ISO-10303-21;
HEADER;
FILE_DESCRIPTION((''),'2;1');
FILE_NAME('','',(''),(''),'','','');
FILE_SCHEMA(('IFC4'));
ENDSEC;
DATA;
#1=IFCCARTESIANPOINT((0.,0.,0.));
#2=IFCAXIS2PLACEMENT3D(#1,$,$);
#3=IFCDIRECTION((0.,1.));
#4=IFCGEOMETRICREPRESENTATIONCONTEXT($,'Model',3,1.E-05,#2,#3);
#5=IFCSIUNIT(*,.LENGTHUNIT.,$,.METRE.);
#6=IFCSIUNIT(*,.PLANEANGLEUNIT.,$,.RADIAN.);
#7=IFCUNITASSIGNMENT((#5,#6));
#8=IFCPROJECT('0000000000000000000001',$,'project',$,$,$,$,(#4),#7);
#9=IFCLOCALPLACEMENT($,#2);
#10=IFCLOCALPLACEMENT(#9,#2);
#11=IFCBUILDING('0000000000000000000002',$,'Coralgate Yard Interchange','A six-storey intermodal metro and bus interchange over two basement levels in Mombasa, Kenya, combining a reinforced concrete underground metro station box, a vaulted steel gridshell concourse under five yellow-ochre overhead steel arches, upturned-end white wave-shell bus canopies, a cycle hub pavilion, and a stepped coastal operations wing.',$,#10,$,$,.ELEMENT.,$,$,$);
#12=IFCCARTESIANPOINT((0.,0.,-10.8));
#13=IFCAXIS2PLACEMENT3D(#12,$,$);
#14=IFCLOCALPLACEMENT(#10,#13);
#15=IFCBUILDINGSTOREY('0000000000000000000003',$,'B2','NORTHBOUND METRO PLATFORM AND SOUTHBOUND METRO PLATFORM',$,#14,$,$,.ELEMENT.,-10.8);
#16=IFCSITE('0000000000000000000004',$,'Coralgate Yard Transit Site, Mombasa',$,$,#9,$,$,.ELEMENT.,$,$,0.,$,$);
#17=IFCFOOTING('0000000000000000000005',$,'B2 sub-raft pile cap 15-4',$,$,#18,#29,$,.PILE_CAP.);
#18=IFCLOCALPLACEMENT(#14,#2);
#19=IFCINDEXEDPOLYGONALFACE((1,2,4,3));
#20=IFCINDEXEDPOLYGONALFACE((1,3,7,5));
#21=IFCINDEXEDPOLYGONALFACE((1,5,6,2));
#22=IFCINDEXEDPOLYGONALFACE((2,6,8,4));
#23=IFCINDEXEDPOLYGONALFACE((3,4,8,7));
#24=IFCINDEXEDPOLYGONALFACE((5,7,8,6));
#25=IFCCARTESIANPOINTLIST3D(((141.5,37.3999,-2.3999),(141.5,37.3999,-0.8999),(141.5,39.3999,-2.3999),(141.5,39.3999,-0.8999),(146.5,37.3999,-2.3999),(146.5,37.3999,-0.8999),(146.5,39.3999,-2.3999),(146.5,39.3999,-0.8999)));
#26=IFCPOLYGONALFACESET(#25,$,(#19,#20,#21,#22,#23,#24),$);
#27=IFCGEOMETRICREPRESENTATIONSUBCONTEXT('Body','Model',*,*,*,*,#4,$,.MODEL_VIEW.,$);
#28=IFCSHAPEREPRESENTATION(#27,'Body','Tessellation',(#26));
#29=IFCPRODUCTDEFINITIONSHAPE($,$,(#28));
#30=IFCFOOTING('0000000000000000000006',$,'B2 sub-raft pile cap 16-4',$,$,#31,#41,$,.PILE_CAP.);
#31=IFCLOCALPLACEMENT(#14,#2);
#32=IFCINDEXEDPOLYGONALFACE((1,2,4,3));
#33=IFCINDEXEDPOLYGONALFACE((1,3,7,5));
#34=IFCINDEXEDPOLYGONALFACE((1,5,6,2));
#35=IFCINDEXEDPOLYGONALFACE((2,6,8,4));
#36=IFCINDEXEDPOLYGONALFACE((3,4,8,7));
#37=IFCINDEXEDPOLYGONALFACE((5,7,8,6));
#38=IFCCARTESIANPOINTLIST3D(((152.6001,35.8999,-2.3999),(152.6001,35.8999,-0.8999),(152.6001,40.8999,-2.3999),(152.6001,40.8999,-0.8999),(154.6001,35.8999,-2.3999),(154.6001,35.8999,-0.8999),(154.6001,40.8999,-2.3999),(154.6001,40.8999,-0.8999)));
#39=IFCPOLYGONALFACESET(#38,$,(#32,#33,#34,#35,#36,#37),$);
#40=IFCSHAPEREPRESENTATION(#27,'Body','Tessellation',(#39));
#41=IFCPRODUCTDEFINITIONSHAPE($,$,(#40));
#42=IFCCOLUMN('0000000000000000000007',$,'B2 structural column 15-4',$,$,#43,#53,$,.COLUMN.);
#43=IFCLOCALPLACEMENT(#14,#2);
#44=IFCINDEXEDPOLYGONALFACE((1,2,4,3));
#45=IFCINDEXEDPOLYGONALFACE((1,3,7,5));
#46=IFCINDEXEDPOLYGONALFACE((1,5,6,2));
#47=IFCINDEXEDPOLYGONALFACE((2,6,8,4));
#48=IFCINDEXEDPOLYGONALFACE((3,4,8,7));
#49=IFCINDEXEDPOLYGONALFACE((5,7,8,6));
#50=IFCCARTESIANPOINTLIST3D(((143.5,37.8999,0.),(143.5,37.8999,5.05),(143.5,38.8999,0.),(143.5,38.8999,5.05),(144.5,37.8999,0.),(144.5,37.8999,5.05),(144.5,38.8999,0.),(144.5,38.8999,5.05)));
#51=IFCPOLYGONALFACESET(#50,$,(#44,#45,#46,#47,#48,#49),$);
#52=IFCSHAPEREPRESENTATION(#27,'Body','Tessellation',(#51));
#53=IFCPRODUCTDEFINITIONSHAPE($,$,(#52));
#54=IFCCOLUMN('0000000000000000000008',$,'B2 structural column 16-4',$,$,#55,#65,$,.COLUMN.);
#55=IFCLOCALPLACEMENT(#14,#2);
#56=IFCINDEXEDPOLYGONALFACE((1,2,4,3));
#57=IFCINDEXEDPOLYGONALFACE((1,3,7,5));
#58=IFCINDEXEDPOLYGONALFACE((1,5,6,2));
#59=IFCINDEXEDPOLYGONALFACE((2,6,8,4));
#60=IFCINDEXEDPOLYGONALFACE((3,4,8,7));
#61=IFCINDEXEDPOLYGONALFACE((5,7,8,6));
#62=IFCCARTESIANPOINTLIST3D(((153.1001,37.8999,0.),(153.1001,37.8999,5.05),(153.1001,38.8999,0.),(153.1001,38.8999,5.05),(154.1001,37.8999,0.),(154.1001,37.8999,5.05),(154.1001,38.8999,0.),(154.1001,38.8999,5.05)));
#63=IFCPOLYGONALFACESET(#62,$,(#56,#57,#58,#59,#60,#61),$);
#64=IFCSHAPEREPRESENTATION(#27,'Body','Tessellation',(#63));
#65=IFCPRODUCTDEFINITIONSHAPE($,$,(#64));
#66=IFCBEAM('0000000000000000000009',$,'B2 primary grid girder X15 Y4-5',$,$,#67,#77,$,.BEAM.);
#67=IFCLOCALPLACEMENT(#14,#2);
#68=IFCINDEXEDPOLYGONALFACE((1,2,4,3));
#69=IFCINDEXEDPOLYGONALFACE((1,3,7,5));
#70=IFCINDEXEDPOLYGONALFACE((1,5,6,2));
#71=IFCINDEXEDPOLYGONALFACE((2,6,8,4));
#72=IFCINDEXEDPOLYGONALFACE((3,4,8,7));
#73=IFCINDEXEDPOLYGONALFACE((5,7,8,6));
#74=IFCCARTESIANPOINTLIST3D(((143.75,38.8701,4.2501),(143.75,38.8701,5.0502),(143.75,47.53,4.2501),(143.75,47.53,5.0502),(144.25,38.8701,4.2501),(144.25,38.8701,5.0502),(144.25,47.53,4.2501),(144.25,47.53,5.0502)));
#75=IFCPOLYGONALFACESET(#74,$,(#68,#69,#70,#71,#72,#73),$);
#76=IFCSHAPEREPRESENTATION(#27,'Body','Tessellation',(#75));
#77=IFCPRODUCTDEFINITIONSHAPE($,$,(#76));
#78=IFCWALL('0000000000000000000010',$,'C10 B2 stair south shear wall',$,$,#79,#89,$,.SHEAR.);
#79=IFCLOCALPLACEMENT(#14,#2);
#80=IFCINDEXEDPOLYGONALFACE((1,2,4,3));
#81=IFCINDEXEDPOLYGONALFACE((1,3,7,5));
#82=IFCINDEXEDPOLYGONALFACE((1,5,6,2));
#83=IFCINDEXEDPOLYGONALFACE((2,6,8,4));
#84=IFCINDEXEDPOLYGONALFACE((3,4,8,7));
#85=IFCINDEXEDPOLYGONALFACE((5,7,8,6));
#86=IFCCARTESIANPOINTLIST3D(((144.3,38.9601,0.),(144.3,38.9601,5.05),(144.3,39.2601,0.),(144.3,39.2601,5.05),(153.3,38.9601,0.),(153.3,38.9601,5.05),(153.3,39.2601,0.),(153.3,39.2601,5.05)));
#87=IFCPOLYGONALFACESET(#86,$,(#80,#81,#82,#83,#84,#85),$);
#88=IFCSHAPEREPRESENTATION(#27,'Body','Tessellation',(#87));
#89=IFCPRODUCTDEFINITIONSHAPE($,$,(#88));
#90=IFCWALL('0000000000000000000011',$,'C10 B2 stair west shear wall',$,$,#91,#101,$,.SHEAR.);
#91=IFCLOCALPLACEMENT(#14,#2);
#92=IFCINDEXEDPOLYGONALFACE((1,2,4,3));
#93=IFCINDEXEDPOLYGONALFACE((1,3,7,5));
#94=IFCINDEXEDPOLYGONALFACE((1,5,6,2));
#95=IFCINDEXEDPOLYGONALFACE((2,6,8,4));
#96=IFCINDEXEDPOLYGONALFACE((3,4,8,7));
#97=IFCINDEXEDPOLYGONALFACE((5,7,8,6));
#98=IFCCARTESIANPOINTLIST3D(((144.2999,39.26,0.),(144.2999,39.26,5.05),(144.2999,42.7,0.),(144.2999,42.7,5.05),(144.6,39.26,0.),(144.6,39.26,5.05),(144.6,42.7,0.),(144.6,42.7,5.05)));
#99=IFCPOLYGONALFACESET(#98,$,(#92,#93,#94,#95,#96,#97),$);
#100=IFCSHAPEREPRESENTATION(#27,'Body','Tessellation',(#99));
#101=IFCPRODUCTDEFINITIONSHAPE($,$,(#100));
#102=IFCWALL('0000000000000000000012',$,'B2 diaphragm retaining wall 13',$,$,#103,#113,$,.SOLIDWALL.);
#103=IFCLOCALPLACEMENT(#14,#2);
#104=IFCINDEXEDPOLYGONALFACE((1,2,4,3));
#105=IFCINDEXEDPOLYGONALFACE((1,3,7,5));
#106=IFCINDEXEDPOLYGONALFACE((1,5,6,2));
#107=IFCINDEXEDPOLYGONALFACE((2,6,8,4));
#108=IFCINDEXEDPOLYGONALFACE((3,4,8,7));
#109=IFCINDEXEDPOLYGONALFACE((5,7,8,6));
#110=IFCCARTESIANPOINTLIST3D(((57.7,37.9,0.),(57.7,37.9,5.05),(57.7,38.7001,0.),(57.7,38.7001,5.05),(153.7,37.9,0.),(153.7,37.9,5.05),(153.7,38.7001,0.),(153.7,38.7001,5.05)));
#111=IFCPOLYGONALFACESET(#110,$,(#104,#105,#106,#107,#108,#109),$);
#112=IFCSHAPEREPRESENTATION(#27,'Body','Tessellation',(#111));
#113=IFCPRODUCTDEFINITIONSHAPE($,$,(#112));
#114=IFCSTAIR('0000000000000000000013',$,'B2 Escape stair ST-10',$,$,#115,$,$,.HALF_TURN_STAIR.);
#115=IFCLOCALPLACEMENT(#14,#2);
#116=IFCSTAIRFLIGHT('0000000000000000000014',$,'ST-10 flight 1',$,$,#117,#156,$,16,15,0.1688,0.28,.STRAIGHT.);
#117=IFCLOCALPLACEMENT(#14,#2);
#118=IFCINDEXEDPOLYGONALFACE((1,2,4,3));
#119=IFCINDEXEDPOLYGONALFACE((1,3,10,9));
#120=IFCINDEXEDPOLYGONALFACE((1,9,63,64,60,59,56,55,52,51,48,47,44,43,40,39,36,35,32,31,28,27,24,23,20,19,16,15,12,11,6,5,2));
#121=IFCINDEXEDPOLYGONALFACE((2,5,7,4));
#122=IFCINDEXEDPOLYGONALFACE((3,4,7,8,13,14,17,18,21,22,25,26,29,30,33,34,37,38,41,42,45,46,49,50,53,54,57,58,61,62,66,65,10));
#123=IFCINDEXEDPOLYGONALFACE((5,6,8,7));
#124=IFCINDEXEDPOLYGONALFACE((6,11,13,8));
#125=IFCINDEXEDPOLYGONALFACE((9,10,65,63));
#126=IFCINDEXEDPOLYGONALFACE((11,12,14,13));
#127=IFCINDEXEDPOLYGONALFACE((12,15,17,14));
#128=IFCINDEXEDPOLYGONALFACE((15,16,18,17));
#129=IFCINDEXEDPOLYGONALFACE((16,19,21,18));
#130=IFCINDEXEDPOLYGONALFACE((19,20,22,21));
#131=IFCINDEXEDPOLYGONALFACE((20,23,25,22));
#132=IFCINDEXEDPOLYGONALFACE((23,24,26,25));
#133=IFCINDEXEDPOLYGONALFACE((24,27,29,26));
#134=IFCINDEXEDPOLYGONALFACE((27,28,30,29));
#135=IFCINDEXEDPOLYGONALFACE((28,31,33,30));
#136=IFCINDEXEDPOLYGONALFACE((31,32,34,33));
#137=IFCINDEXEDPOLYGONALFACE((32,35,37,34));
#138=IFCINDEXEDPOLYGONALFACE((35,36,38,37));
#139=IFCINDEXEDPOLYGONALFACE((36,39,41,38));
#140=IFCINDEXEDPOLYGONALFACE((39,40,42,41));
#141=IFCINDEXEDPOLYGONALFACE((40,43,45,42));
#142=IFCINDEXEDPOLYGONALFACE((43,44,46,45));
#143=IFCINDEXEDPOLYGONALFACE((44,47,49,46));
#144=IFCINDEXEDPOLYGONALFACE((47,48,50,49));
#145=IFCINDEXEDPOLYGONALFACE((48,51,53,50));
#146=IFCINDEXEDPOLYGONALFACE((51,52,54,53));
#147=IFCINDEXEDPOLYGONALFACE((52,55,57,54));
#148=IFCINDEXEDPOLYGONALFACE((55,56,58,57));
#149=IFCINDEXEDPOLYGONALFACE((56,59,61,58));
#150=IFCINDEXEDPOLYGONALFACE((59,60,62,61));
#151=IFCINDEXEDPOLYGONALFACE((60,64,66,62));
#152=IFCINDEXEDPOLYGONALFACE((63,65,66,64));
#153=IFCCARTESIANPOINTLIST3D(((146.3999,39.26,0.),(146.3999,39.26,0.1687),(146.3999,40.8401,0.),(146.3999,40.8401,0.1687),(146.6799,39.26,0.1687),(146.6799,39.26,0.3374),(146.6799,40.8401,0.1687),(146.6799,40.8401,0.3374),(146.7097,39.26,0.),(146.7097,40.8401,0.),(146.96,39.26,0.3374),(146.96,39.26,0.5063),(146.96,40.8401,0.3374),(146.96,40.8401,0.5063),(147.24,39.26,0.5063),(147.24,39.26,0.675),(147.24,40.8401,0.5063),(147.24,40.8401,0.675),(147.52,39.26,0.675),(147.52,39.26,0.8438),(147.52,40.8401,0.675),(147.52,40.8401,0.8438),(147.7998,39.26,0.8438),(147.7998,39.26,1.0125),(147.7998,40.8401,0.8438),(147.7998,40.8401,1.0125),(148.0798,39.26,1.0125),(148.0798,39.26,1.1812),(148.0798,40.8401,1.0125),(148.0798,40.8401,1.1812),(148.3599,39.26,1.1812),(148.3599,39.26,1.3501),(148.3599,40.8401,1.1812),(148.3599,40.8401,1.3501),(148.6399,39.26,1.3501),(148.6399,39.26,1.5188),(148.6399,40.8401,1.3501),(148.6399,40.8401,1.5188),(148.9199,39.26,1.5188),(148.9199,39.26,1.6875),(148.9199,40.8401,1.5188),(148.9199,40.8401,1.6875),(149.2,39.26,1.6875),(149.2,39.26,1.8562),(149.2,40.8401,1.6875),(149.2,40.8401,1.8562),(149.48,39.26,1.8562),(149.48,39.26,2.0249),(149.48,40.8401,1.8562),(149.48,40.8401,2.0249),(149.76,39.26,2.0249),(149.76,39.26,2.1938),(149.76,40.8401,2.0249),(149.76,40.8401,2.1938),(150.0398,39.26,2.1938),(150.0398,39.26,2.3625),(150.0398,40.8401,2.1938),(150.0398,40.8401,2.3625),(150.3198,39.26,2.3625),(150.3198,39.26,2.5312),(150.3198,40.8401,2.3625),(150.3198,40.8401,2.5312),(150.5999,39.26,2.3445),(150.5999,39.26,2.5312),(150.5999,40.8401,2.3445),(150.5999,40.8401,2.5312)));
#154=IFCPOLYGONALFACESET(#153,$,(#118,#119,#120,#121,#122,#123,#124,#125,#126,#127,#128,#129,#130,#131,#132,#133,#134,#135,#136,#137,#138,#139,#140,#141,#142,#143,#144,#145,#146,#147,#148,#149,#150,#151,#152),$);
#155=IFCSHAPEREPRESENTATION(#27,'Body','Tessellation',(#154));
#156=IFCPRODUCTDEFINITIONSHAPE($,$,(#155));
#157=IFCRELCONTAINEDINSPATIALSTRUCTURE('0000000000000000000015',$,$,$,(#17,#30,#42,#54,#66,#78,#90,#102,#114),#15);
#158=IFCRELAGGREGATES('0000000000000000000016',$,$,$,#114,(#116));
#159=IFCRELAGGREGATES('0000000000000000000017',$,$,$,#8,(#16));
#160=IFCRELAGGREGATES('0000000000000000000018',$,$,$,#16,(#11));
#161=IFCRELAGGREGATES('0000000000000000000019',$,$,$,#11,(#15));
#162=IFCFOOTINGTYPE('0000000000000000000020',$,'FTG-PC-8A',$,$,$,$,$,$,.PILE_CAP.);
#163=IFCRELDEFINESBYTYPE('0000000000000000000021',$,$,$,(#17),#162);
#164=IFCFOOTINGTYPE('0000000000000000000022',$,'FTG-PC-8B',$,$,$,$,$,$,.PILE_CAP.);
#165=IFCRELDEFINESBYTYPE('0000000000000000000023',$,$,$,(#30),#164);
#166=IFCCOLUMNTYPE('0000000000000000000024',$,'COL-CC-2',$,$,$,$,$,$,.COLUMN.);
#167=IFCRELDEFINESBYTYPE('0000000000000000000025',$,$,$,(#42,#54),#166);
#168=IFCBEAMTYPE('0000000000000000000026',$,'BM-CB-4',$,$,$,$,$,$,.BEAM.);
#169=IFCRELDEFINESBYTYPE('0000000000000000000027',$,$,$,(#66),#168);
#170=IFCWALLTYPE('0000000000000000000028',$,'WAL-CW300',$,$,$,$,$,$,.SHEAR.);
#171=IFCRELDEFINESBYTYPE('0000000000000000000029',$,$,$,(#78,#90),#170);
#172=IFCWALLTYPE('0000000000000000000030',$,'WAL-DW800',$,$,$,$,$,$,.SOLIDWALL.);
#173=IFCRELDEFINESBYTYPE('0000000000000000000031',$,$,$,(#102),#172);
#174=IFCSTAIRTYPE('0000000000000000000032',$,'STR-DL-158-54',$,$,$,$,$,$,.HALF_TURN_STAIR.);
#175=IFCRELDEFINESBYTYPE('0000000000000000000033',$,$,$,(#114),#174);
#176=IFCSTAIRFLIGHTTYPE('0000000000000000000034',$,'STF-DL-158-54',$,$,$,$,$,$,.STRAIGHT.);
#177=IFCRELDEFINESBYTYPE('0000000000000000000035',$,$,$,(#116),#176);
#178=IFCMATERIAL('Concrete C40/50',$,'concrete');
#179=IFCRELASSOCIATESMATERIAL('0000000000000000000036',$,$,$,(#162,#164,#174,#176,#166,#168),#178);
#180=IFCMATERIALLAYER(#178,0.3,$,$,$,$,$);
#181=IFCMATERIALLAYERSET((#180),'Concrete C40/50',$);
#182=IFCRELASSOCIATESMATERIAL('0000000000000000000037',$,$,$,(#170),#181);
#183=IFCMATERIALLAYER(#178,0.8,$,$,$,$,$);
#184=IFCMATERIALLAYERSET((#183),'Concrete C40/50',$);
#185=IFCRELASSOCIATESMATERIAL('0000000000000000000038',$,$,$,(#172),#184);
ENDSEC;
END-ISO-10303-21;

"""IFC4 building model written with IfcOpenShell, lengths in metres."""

from ifc_helpers import new_model, si_unit, direction, frame, frame_2d, origin, origin_2d, place, context, subcontext, project, spatial, polyline, rectangle, outline, extrude, material, layer, layer_set, material_profile, profile_set, type_object, element, aggregate, save


model = new_model("IFC4")

# Units and contexts
model_context = context("Model", 3, precision=1e-05, world=origin(), true_north=direction((0.0, 1.0)))
body_context = subcontext(model_context, "Body", "Model", "MODEL_VIEW")
ifc_project = project(units=[si_unit("LENGTHUNIT", "METRE"), si_unit("PLANEANGLEUNIT", "RADIAN")], contexts=[model_context])

# Site, building, storey
site_placement = place(None, origin())
site = spatial("IfcSite", under=ifc_project, at=site_placement, Name="Coralgate Yard Transit Site, Mombasa", CompositionType="ELEMENT", RefElevation=0.0)
building_placement = place(site_placement, origin())
building = spatial("IfcBuilding", under=site, at=building_placement, Name="Coralgate Yard Interchange", Description="A six-storey intermodal metro and bus interchange over two basement levels in Mombasa, Kenya, combining a reinforced concrete underground metro station box, a vaulted steel gridshell concourse under five yellow-ochre overhead steel arches, upturned-end white wave-shell bus canopies, a cycle hub pavilion, and a stepped coastal operations wing.", CompositionType="ELEMENT")
storey_placement = place(building_placement, frame((0.0, 0.0, -10.8)))
storey = spatial("IfcBuildingStorey", under=building, at=storey_placement, Name="B2", Description="NORTHBOUND METRO PLATFORM AND SOUTHBOUND METRO PLATFORM", CompositionType="ELEMENT", Elevation=-10.8)

# Footings
ifc_material_1 = material(Name="Concrete C40/50", Category="concrete")
footing_type_1 = type_object("IfcFootingType", Name="FTG-PC-8A", PredefinedType="PILE_CAP", material=ifc_material_1)
footing_1_placement = place(storey_placement, frame((144.0, 38.3999, -2.3999), z_axis=(0.0, 0.0, 1.0), x_axis=(1.0, 0.0, 0.0)))
element("IfcFooting", 1, at=footing_1_placement, inside=storey, type_object=footing_type_1, Name="B2 sub-raft pile cap 15-4", PredefinedType="PILE_CAP", context=body_context, shape_type="SweptSolid", body=[
    extrude(rectangle(XDim=5.0, YDim=2.0, at=origin_2d()), origin(), (0.0, 0.0, 1.0), 1.5),
])
footing_type_2 = type_object("IfcFootingType", Name="FTG-PC-8B", PredefinedType="PILE_CAP", material=ifc_material_1)
footing_2_placement = place(storey_placement, frame((153.6001, 38.3999, -2.3999), z_axis=(0.0, 0.0, 1.0), x_axis=(1.0, 0.0, 0.0)))
element("IfcFooting", 2, at=footing_2_placement, inside=storey, type_object=footing_type_2, Name="B2 sub-raft pile cap 16-4", PredefinedType="PILE_CAP", context=body_context, shape_type="SweptSolid", body=[
    extrude(rectangle(XDim=2.0, YDim=5.0, at=origin_2d()), origin(), (0.0, 0.0, 1.0), 1.5),
])

# Columns
ifc_material_profile_1 = material_profile(ifc_material_1, rectangle(XDim=1.0, YDim=1.0, at=origin_2d()), Name="RC 1000x1000")
ifc_profile_set_1 = profile_set([ifc_material_profile_1], Name="Concrete C40/50")
column_type = type_object("IfcColumnType", Name="COL-CC-2", PredefinedType="COLUMN", material=ifc_profile_set_1)
for number, where, z_axis, x_axis, name in (
    (3, (144.0, 38.3999, 0.0), (0.0, 0.0, 1.0), (1.0, 0.0, 0.0), "B2 structural column 15-4"),
    (4, (153.6001, 38.3999, 0.0), (0.0, 0.0, 1.0), (1.0, 0.0, 0.0), "B2 structural column 16-4"),
):
    element("IfcColumn", number, at=place(storey_placement, frame(where, z_axis=z_axis, x_axis=x_axis)), inside=storey, type_object=column_type, Name=name, PredefinedType="COLUMN", context=body_context, shape_type="SweptSolid", body=[
        extrude(rectangle(XDim=1.0, YDim=1.0, at=origin_2d()), origin(), (0.0, 0.0, 1.0), 5.05),
    ])

# Beam
ifc_material_profile_2 = material_profile(ifc_material_1, rectangle(XDim=0.5, YDim=0.8, at=origin_2d()), Name="RC 500x800")
ifc_profile_set_2 = profile_set([ifc_material_profile_2], Name="Concrete C40/50")
beam_type = type_object("IfcBeamType", Name="BM-CB-4", PredefinedType="BEAM", material=ifc_profile_set_2)
beam_placement = place(storey_placement, frame((144.0, 38.8701, 4.6501), z_axis=(0.0, 1.0, 0.0), x_axis=(-1.0, 0.0, 0.0)))
element("IfcBeam", 5, at=beam_placement, inside=storey, type_object=beam_type, Name="B2 primary grid girder X15 Y4-5", PredefinedType="BEAM", context=body_context, shape_type="SweptSolid", body=[
    extrude(rectangle(XDim=0.5, YDim=0.8, at=origin_2d()), origin(), (0.0, 0.0, 1.0), 8.6599),
])

# Walls
ifc_layer_1 = layer(ifc_material_1, 0.3)
ifc_layer_set_1 = layer_set([ifc_layer_1], Name="Concrete C40/50")
wall_type_1 = type_object("IfcWallType", Name="WAL-CW300", PredefinedType="SHEAR", material=ifc_layer_set_1)
wall_1_placement = place(storey_placement, frame((144.3, 39.1101, 0.0), z_axis=(0.0, 0.0, 1.0), x_axis=(1.0, 0.0, 0.0)))
element("IfcWall", 6, at=wall_1_placement, inside=storey, type_object=wall_type_1, Name="C10 B2 stair south shear wall", PredefinedType="SHEAR", context=body_context, shape_type="SweptSolid", body=[
    extrude(rectangle(XDim=9.0, YDim=0.3, at=frame_2d((4.5, 0.0))), origin(), (0.0, 0.0, 1.0), 5.05),
])
wall_2_placement = place(storey_placement, frame((144.45, 39.26, 0.0), z_axis=(0.0, 0.0, 1.0), x_axis=(0.0, 1.0, 0.0)))
element("IfcWall", 7, at=wall_2_placement, inside=storey, type_object=wall_type_1, Name="C10 B2 stair west shear wall", PredefinedType="SHEAR", context=body_context, shape_type="SweptSolid", body=[
    extrude(rectangle(XDim=3.4399, YDim=0.3, at=frame_2d((1.72, 0.0))), origin(), (0.0, 0.0, 1.0), 5.05),
])
ifc_layer_2 = layer(ifc_material_1, 0.8)
ifc_layer_set_2 = layer_set([ifc_layer_2], Name="Concrete C40/50")
wall_type_2 = type_object("IfcWallType", Name="WAL-DW800", PredefinedType="SOLIDWALL", material=ifc_layer_set_2)
wall_3_placement = place(storey_placement, frame((153.7, 38.3, 0.0), z_axis=(0.0, 0.0, 1.0), x_axis=(-1.0, 0.0, 0.0)))
element("IfcWall", 8, at=wall_3_placement, inside=storey, type_object=wall_type_2, Name="B2 diaphragm retaining wall 13", PredefinedType="SOLIDWALL", context=body_context, shape_type="SweptSolid", body=[
    extrude(rectangle(XDim=96.0, YDim=0.8, at=frame_2d((48.0, 0.0))), origin(), (0.0, 0.0, 1.0), 5.05),
])

# Stair, stair flight
stair_type_1 = type_object("IfcStairType", Name="STR-DL-158-54", PredefinedType="HALF_TURN_STAIR", material=ifc_material_1)
stair_1_placement = place(storey_placement, origin())
stair_1 = element("IfcStair", 9, at=stair_1_placement, inside=storey, type_object=stair_type_1, Name="B2 Escape stair ST-10", PredefinedType="HALF_TURN_STAIR")
stair_flight_type_1 = type_object("IfcStairFlightType", Name="STF-DL-158-54", PredefinedType="STRAIGHT", material=ifc_material_1)
stair_flight_1_placement = place(storey_placement, frame((146.3999, 40.05, 0.0), z_axis=(0.0, 0.0, 1.0), x_axis=(1.0, 0.0, 0.0)))
stair_flight_1 = element("IfcStairFlight", 10, at=stair_flight_1_placement, type_object=stair_flight_type_1, Name="ST-10 flight 1", NumberOfRisers=16, NumberOfTreads=15, PredefinedType="STRAIGHT", RiserHeight=0.1688, TreadLength=0.28, context=body_context, shape_type="SweptSolid", body=[
    extrude(outline(polyline([(0.0, 0.0), (0.0, 0.1687), (0.28, 0.1687), (0.28, 0.3374), (0.5601, 0.3374), (0.5601, 0.5063), (0.8401, 0.5063), (0.8401, 0.675), (1.1201, 0.675), (1.1201, 0.8438), (1.3999, 0.8438), (1.3999, 1.0125), (1.6799, 1.0125), (1.6799, 1.1812), (1.96, 1.1812), (1.96, 1.3501), (2.24, 1.3501), (2.24, 1.5188), (2.52, 1.5188), (2.52, 1.6875), (2.8, 1.6875), (2.8, 1.8562), (3.0801, 1.8562), (3.0801, 2.0249), (3.3601, 2.0249), (3.3601, 2.1938), (3.6399, 2.1938), (3.6399, 2.3625), (3.9199, 2.3625), (3.9199, 2.5312), (4.2, 2.5312), (4.2, 2.7), (4.2, 2.3445), (0.3098, 0.0), (0.0, 0.0)])), frame((0.0, 0.79, 0.0), z_axis=(0.0, -1.0, 0.0), x_axis=(1.0, 0.0, 0.0)), (0.0, 0.0, 1.0), 1.5801),
])
aggregate(stair_1, [stair_flight_1])

save(model, "model.ifc")
